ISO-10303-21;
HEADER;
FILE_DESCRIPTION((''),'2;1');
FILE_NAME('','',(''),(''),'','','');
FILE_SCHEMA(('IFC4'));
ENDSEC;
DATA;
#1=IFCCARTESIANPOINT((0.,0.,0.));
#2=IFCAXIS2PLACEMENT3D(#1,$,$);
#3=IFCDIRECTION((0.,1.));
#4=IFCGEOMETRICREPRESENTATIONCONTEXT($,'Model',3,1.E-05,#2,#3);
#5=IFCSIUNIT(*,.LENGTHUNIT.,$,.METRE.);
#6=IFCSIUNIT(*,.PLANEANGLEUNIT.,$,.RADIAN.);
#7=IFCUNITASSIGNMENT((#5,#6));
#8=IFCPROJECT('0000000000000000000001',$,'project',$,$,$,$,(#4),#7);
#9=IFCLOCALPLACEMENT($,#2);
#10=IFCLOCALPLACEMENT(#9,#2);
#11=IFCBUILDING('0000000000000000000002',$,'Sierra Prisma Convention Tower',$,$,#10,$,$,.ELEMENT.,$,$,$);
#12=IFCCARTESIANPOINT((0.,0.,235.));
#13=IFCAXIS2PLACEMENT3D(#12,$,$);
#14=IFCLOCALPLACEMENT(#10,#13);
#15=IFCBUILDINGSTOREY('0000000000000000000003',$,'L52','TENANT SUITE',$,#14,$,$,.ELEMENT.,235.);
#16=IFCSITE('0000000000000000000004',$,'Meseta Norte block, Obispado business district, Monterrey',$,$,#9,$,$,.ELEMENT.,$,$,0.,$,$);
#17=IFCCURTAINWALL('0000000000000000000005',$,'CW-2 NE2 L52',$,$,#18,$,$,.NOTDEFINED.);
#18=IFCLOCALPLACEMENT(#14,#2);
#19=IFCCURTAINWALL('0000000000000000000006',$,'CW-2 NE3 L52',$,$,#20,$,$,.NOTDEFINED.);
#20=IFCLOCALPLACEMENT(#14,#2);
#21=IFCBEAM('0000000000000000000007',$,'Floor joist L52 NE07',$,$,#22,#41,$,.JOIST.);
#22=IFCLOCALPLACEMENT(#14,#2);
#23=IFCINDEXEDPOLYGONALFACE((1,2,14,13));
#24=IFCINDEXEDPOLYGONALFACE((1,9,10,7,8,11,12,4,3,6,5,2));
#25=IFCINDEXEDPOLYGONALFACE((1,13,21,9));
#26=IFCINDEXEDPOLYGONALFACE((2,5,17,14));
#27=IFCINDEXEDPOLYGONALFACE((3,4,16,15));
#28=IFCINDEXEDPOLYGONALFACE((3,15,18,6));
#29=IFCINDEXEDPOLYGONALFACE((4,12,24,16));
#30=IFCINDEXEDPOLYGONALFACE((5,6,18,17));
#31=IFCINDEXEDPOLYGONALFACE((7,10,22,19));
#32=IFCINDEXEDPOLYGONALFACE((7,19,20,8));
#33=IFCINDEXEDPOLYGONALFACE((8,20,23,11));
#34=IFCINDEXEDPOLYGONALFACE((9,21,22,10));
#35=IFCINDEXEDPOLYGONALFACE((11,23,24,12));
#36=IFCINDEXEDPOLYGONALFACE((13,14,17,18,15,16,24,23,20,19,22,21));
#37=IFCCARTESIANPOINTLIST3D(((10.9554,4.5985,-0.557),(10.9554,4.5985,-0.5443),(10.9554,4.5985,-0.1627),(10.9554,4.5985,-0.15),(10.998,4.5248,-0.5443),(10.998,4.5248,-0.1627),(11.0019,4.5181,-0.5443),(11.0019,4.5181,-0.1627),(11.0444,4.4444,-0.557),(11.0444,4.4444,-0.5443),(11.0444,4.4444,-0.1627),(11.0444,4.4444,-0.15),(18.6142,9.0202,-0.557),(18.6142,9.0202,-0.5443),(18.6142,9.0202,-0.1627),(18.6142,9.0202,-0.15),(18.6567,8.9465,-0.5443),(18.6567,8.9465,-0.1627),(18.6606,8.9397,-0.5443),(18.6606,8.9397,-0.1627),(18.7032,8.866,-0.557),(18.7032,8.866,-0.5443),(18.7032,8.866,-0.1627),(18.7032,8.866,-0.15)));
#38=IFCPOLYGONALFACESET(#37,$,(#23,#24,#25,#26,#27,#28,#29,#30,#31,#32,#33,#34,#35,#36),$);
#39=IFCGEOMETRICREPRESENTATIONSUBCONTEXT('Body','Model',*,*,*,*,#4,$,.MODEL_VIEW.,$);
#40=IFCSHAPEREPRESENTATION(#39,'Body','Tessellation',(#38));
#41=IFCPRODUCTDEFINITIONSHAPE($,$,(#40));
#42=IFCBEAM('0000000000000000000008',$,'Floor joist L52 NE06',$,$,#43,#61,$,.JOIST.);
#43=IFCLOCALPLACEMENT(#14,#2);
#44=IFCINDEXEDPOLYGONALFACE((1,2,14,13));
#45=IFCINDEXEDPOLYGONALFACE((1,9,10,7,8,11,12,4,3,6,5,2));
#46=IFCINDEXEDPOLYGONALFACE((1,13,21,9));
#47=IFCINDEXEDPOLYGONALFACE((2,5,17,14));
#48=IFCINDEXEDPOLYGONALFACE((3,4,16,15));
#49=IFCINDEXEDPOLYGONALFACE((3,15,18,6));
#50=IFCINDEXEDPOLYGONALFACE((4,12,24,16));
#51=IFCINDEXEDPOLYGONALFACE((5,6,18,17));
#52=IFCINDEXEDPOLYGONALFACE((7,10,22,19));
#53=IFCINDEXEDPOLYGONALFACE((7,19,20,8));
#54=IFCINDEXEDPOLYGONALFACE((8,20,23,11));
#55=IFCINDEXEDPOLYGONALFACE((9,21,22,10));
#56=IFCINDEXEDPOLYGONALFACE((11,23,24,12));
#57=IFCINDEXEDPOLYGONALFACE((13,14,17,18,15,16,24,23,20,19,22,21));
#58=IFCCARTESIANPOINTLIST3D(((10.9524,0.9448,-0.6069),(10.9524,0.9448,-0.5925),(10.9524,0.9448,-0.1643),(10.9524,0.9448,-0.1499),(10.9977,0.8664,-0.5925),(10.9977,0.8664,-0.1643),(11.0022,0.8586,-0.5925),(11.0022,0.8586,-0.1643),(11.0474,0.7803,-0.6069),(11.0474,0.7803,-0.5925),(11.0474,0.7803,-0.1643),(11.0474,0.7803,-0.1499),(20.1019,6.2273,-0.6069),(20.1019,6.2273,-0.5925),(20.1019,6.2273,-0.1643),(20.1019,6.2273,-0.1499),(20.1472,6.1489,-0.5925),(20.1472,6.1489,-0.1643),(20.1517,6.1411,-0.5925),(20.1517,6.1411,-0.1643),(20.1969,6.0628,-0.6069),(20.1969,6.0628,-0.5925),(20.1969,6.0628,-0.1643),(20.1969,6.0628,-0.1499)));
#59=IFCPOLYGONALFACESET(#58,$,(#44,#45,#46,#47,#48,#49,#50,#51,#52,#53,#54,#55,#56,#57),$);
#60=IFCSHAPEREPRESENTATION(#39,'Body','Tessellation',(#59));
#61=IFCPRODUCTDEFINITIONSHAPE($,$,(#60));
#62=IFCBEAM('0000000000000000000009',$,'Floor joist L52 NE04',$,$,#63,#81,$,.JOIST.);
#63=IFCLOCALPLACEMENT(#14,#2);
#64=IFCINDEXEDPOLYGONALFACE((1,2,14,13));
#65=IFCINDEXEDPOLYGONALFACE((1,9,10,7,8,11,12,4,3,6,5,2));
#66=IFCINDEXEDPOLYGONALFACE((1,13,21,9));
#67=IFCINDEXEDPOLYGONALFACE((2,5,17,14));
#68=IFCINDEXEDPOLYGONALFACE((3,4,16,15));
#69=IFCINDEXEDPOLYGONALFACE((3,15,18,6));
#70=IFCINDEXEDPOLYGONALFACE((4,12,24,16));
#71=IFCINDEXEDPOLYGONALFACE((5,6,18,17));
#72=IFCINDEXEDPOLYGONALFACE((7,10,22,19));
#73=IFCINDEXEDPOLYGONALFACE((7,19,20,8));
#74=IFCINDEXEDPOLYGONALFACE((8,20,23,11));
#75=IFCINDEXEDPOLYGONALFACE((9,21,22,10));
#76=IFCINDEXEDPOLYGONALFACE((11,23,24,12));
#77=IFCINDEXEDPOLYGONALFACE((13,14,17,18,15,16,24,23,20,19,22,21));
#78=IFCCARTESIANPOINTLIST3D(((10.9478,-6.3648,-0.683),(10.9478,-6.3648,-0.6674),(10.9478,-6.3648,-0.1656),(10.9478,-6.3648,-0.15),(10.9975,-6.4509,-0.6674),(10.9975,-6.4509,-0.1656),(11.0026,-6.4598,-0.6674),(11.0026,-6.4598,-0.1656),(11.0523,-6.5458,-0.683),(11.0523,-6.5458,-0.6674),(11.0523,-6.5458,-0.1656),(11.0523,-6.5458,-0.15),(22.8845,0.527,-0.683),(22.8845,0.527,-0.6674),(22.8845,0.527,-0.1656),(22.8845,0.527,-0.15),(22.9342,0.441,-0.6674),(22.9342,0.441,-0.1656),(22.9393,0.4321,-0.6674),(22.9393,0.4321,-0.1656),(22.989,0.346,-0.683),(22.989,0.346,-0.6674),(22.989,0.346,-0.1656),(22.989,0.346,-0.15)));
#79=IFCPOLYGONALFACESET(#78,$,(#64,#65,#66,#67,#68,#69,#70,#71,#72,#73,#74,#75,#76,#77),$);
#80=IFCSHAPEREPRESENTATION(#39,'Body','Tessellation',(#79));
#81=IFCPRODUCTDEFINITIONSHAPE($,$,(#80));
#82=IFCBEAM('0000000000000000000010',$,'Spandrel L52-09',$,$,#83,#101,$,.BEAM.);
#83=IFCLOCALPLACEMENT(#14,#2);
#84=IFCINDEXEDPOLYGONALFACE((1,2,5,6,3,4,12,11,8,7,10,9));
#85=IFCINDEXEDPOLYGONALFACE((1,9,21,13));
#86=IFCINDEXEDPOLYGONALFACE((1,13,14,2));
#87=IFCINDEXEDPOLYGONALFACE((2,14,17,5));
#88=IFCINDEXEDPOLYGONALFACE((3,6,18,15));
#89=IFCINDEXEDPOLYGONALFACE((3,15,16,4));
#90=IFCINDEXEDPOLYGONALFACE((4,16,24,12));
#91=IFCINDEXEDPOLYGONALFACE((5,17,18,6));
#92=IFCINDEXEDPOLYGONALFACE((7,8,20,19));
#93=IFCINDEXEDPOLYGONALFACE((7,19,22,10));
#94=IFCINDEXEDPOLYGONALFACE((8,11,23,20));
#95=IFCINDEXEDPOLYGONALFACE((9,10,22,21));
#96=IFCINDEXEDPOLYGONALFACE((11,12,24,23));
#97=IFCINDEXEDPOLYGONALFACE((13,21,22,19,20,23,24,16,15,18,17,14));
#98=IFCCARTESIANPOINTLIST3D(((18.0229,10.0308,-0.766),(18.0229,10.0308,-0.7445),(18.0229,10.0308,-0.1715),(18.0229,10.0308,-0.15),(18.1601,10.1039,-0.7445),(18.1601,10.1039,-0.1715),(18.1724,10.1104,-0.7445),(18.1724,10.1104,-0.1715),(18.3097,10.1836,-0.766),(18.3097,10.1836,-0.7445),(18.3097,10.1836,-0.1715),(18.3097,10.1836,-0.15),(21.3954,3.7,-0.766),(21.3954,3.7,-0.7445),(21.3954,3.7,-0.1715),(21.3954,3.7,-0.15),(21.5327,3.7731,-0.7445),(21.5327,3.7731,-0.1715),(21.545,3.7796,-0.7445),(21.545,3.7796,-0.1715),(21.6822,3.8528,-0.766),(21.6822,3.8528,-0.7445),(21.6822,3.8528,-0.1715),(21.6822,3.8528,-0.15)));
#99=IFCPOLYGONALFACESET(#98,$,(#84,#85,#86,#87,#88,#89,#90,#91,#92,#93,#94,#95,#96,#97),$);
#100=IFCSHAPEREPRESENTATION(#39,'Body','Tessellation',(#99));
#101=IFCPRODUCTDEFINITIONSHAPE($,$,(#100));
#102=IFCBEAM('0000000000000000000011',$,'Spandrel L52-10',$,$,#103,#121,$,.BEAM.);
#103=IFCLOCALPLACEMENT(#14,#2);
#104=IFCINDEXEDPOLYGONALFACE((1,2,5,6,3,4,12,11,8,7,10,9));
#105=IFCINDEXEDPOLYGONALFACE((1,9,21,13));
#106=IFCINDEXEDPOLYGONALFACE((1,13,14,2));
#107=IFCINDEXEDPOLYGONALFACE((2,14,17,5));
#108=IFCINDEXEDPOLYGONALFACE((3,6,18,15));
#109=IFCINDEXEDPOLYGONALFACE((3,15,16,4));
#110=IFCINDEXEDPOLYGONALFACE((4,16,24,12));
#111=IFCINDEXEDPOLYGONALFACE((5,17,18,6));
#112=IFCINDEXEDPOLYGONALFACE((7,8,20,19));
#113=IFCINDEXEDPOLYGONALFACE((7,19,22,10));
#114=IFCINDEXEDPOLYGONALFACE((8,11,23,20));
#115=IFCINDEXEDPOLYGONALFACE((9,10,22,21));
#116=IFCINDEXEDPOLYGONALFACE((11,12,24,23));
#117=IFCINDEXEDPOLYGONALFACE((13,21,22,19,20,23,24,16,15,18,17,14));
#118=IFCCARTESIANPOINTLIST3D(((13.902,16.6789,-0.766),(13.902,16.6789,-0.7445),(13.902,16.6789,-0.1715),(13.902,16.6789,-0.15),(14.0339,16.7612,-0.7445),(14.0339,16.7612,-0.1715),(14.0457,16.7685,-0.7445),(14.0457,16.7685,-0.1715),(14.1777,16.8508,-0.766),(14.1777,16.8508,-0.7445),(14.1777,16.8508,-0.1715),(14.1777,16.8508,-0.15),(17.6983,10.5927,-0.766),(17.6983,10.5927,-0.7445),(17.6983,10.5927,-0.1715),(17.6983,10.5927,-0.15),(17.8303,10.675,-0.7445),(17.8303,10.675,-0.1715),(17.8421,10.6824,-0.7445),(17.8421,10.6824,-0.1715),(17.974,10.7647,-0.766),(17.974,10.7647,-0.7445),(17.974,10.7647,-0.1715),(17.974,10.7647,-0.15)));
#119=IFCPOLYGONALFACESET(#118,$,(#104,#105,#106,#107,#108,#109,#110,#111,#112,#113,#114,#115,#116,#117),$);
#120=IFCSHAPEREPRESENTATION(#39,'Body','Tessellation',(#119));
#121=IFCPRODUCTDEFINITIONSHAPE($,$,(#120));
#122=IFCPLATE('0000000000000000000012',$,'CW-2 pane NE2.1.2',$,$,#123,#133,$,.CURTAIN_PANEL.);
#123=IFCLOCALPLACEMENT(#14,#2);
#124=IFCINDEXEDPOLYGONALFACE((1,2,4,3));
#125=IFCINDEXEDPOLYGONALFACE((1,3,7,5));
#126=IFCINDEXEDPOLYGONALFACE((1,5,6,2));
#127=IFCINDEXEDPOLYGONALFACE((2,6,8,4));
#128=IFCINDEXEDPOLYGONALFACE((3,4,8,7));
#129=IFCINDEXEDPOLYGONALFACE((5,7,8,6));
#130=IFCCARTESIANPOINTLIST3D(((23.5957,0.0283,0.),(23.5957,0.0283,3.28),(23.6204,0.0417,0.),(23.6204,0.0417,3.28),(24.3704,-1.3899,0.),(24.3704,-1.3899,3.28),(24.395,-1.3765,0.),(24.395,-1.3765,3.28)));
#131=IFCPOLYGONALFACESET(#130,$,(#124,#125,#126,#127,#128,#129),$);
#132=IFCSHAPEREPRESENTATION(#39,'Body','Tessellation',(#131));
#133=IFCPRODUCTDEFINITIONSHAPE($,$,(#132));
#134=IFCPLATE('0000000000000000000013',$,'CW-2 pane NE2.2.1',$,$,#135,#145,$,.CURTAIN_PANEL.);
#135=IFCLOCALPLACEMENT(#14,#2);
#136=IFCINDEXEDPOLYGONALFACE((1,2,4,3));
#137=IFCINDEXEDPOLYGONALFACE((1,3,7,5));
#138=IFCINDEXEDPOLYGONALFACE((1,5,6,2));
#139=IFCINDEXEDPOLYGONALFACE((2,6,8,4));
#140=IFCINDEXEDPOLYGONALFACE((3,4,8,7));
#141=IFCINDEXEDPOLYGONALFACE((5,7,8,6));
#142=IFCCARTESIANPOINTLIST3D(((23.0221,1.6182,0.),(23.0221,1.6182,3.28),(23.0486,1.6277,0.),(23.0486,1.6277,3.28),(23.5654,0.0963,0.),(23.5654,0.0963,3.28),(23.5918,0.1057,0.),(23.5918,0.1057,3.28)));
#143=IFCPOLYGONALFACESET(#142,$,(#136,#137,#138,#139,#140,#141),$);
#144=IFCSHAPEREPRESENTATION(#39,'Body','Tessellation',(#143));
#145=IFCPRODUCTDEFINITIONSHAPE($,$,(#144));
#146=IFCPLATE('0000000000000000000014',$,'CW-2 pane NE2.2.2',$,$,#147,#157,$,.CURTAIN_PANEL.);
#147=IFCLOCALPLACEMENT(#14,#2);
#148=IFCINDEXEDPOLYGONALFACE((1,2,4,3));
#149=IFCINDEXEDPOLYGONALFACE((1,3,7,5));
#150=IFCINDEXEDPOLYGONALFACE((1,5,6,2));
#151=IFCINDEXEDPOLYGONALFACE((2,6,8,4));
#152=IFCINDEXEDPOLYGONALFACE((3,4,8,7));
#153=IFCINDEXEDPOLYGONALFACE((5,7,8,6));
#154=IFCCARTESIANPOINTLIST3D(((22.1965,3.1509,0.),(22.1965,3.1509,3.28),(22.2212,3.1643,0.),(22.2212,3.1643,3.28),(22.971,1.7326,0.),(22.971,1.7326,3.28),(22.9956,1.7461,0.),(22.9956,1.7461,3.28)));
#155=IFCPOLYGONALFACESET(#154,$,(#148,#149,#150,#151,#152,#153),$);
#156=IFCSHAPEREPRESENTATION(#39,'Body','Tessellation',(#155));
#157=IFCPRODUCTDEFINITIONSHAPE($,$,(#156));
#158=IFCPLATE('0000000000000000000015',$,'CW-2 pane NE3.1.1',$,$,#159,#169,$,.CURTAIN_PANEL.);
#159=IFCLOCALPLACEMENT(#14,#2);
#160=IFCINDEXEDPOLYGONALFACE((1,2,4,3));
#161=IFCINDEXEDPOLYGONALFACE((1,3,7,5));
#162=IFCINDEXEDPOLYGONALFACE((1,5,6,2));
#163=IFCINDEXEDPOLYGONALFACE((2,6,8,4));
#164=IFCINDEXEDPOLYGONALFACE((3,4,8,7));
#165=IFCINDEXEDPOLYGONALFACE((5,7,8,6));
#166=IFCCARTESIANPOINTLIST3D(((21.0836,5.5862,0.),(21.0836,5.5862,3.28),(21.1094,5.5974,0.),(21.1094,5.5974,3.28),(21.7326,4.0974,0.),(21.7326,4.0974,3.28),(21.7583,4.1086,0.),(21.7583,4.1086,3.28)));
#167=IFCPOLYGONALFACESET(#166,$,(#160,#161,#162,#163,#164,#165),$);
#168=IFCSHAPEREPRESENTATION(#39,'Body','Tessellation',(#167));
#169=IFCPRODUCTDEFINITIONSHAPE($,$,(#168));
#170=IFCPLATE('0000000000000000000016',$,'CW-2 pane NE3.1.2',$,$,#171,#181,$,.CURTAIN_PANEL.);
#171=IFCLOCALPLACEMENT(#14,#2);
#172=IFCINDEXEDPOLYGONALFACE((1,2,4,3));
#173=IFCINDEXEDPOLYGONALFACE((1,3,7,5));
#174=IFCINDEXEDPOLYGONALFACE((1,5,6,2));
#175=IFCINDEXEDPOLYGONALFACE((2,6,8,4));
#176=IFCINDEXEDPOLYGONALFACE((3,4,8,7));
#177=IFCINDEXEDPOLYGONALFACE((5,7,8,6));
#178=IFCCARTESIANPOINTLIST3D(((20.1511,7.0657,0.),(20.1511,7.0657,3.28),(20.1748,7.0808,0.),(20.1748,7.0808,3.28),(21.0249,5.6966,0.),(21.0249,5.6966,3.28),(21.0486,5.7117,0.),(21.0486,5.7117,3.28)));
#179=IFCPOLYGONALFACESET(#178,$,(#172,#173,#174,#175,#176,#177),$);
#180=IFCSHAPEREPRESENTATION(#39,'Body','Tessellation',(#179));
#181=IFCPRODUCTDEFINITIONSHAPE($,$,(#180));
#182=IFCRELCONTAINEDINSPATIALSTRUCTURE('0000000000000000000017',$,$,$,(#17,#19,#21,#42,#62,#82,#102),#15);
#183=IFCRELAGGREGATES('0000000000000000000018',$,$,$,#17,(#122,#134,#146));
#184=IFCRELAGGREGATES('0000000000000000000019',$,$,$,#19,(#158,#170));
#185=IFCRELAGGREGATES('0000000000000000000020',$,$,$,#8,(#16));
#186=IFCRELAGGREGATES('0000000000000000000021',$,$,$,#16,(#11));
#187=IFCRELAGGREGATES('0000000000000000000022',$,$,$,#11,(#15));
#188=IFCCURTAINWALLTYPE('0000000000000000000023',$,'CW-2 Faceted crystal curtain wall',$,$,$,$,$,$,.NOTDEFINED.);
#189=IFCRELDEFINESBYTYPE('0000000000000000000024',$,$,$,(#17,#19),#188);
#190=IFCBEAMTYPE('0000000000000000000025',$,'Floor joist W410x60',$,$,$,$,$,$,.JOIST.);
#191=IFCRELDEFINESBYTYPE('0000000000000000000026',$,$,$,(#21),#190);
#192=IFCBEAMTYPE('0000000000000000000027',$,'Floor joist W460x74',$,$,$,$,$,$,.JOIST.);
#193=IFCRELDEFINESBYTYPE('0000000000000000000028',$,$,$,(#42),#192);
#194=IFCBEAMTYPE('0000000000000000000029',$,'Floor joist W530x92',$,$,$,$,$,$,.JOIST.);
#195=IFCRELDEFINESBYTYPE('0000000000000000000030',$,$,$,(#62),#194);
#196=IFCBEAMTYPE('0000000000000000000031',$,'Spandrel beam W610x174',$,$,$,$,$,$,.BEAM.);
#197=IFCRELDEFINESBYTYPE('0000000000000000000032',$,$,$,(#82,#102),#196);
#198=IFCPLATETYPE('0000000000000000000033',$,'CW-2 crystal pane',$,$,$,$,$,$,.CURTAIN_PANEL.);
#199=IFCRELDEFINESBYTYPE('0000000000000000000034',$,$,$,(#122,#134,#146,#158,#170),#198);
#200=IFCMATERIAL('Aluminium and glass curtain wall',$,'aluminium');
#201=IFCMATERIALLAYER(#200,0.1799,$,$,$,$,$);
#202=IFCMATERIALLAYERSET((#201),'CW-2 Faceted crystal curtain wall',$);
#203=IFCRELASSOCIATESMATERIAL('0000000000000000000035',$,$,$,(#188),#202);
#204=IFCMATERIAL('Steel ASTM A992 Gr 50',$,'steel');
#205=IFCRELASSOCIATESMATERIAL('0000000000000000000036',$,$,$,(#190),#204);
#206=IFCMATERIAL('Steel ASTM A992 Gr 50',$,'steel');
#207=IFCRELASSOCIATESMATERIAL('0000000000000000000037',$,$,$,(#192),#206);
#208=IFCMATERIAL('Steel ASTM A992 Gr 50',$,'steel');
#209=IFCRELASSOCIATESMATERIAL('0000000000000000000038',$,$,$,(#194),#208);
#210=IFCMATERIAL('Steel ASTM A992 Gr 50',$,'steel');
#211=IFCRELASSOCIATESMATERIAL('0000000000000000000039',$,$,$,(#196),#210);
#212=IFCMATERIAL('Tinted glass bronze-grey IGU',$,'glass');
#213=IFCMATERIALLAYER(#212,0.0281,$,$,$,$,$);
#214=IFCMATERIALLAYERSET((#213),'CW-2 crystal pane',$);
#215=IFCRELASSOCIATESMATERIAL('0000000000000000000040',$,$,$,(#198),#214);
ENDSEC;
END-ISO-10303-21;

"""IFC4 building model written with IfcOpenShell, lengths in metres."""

from ifc_helpers import new_model, si_unit, direction, frame, origin, origin_2d, place, context, subcontext, project, spatial, polyline, i_section, outline, extrude, material, layer, layer_set, material_profile, profile_set, type_object, element, aggregate, save


model = new_model("IFC4")

# Units and contexts
model_context = context("Model", 3, precision=1e-05, world=origin(), true_north=direction((0.0, 1.0)))
body_context = subcontext(model_context, "Body", "Model", "MODEL_VIEW")
ifc_project = project(units=[si_unit("LENGTHUNIT", "METRE"), si_unit("PLANEANGLEUNIT", "RADIAN")], contexts=[model_context])

# Site, building, storey
site_placement = place(None, origin())
site = spatial("IfcSite", under=ifc_project, at=site_placement, Name="Meseta Norte block, Obispado business district, Monterrey", CompositionType="ELEMENT", RefElevation=0.0)
building_placement = place(site_placement, origin())
building = spatial("IfcBuilding", under=site, at=building_placement, Name="Sierra Prisma Convention Tower", CompositionType="ELEMENT")
storey_placement = place(building_placement, frame((0.0, 0.0, 235.0)))
storey = spatial("IfcBuildingStorey", under=building, at=storey_placement, Name="L52", Description="TENANT SUITE", CompositionType="ELEMENT", Elevation=235.0)

# Curtain walls
ifc_material_1 = material(Name="Aluminium and glass curtain wall", Category="aluminium")
ifc_layer_1 = layer(ifc_material_1, 0.1799)
ifc_layer_set_1 = layer_set([ifc_layer_1], Name="CW-2 Faceted crystal curtain wall")
curtain_wall_type = type_object("IfcCurtainWallType", Name="CW-2 Faceted crystal curtain wall", PredefinedType="NOTDEFINED", material=ifc_layer_set_1)
curtain_wall_1_placement = place(storey_placement, origin())
curtain_wall_1 = element("IfcCurtainWall", 1, at=curtain_wall_1_placement, inside=storey, type_object=curtain_wall_type, Name="CW-2 NE2 L52", PredefinedType="NOTDEFINED")
curtain_wall_2_placement = place(storey_placement, origin())
curtain_wall_2 = element("IfcCurtainWall", 2, at=curtain_wall_2_placement, inside=storey, type_object=curtain_wall_type, Name="CW-2 NE3 L52", PredefinedType="NOTDEFINED")

# Beams
ifc_material_2 = material(Name="Steel ASTM A992 Gr 50", Category="steel")
ifc_material_profile_1 = material_profile(ifc_material_2, i_section(OverallWidth=0.178, OverallDepth=0.407, WebThickness=0.0078, FlangeThickness=0.0127, at=origin_2d()), Name="W410x60")
ifc_profile_set_1 = profile_set([ifc_material_profile_1], Name="Steel ASTM A992 Gr 50")
beam_type_1 = type_object("IfcBeamType", Name="Floor joist W410x60", PredefinedType="JOIST", material=ifc_profile_set_1)
beam_1_placement = place(storey_placement, frame((18.6587, 8.9431, -0.3535), z_axis=(-0.866031, -0.49999, 0.0), x_axis=(0.49999, -0.866031, 0.0)))
element("IfcBeam", 3, at=beam_1_placement, inside=storey, type_object=beam_type_1, Name="Floor joist L52 NE07", PredefinedType="JOIST", context=body_context, shape_type="SweptSolid", body=[
    extrude(i_section(OverallWidth=0.178, OverallDepth=0.407, WebThickness=0.0078, FlangeThickness=0.0127, at=origin_2d()), origin(), (0.0, 0.0, 1.0), 8.8435),
])
ifc_material_3 = material(Name="Steel ASTM A992 Gr 50", Category="steel")
ifc_material_profile_2 = material_profile(ifc_material_3, i_section(OverallWidth=0.1899, OverallDepth=0.457, WebThickness=0.009, FlangeThickness=0.0144, at=origin_2d()), Name="W460x74")
ifc_profile_set_2 = profile_set([ifc_material_profile_2], Name="Steel ASTM A992 Gr 50")
beam_type_2 = type_object("IfcBeamType", Name="Floor joist W460x74", PredefinedType="JOIST", material=ifc_profile_set_2)
beam_2_placement = place(storey_placement, frame((20.1494, 6.145, -0.3784), z_axis=(-0.866023, -0.500004, 0.0), x_axis=(0.500004, -0.866023, 0.0)))
element("IfcBeam", 4, at=beam_2_placement, inside=storey, type_object=beam_type_2, Name="Floor joist L52 NE06", PredefinedType="JOIST", context=body_context, shape_type="SweptSolid", body=[
    extrude(i_section(OverallWidth=0.1899, OverallDepth=0.457, WebThickness=0.009, FlangeThickness=0.0144, at=origin_2d()), origin(), (0.0, 0.0, 1.0), 10.5649),
])
ifc_material_4 = material(Name="Steel ASTM A992 Gr 50", Category="steel")
ifc_material_profile_3 = material_profile(ifc_material_4, i_section(OverallWidth=0.209, OverallDepth=0.533, WebThickness=0.0103, FlangeThickness=0.0156, at=origin_2d()), Name="W530x92")
ifc_profile_set_3 = profile_set([ifc_material_profile_3], Name="Steel ASTM A992 Gr 50")
beam_type_3 = type_object("IfcBeamType", Name="Floor joist W530x92", PredefinedType="JOIST", material=ifc_profile_set_3)
beam_3_placement = place(storey_placement, frame((22.9368, 0.4365, -0.4165), z_axis=(-0.866021, -0.500008, 0.0), x_axis=(0.500008, -0.866021, 0.0)))
element("IfcBeam", 5, at=beam_3_placement, inside=storey, type_object=beam_type_3, Name="Floor joist L52 NE04", PredefinedType="JOIST", context=body_context, shape_type="SweptSolid", body=[
    extrude(i_section(OverallWidth=0.209, OverallDepth=0.533, WebThickness=0.0103, FlangeThickness=0.0156, at=origin_2d()), origin(), (0.0, 0.0, 1.0), 13.7834),
])
ifc_material_5 = material(Name="Steel ASTM A992 Gr 50", Category="steel")
ifc_material_profile_4 = material_profile(ifc_material_5, i_section(OverallWidth=0.325, OverallDepth=0.616, WebThickness=0.0139, FlangeThickness=0.0215, at=origin_2d()), Name="W610x174")
ifc_profile_set_4 = profile_set([ifc_material_profile_4], Name="Steel ASTM A992 Gr 50")
beam_type_4 = type_object("IfcBeamType", Name="Spandrel beam W610x174", PredefinedType="BEAM", material=ifc_profile_set_4)
for number, where, z_axis, x_axis, name in (
    (6, (21.5388, 3.7764, -0.458), (-0.470168, 0.882577, 0.0), (-0.882577, -0.470168, 0.0), "Spandrel L52-09"),
    (7, (17.8362, 10.6787, -0.458), (-0.529249, 0.848466, 0.0), (-0.848466, -0.529249, 0.0), "Spandrel L52-10"),
):
    element("IfcBeam", number, at=place(storey_placement, frame(where, z_axis=z_axis, x_axis=x_axis)), inside=storey, type_object=beam_type_4, Name=name, PredefinedType="BEAM", context=body_context, shape_type="SweptSolid", body=[
        extrude(i_section(OverallWidth=0.325, OverallDepth=0.616, WebThickness=0.0139, FlangeThickness=0.0215, at=origin_2d()), origin(), (0.0, 0.0, 1.0), 7.1731),
    ])

# Plates
ifc_material_6 = material(Name="Tinted glass bronze-grey IGU", Category="glass")
ifc_layer_2 = layer(ifc_material_6, 0.0281)
ifc_layer_set_2 = layer_set([ifc_layer_2], Name="CW-2 crystal pane")
plate_type = type_object("IfcPlateType", Name="CW-2 crystal pane", PredefinedType="CURTAIN_PANEL", material=ifc_layer_set_2)
plate_1_placement = place(storey_placement, frame((23.6204, 0.0417, 0.0), z_axis=(0.877613, 0.479371, 0.0), x_axis=(0.479371, -0.877613, 0.0)))
plate_1 = element("IfcPlate", 8, at=plate_1_placement, type_object=plate_type, Name="CW-2 pane NE2.1.2", PredefinedType="CURTAIN_PANEL", context=body_context, shape_type="SweptSolid", body=[
    extrude(outline(polyline([(0.0, 0.0), (1.616, 0.0), (1.616, -3.28), (0.0, -3.28), (0.0, 0.0)])), origin(), (0.0, 0.0, -1.0), 0.0281),
])
plate_2_placement = place(storey_placement, frame((23.5918, 0.1057, 0.0), z_axis=(0.94181, 0.336145, 0.0), x_axis=(-0.336145, 0.94181, 0.0)))
plate_2 = element("IfcPlate", 9, at=plate_2_placement, type_object=plate_type, Name="CW-2 pane NE2.2.1", PredefinedType="CURTAIN_PANEL", context=body_context, shape_type="SweptSolid", body=[
    extrude(outline(polyline([(0.0, 0.0), (1.616, 0.0), (1.616, 3.28), (0.0, 3.28), (0.0, 0.0)])), origin(), (0.0, 0.0, -1.0), 0.0281),
])
plate_3_placement = place(storey_placement, frame((22.2212, 3.1643, 0.0), z_axis=(0.877676, 0.479254, 0.0), x_axis=(0.479254, -0.877676, 0.0)))
plate_3 = element("IfcPlate", 10, at=plate_3_placement, type_object=plate_type, Name="CW-2 pane NE2.2.2", PredefinedType="CURTAIN_PANEL", context=body_context, shape_type="SweptSolid", body=[
    extrude(outline(polyline([(0.0, 0.0), (1.6159, 0.0), (1.6159, -3.28), (0.0, -3.28), (0.0, 0.0)])), origin(), (0.0, 0.0, -1.0), 0.0281),
])
aggregate(curtain_wall_1, [plate_1, plate_2, plate_3])
plate_4_placement = place(storey_placement, frame((21.7583, 4.1086, 0.0), z_axis=(0.916702, 0.399572, 0.0), x_axis=(-0.399572, 0.916702, 0.0)))
plate_4 = element("IfcPlate", 11, at=plate_4_placement, type_object=plate_type, Name="CW-2 pane NE3.1.1", PredefinedType="CURTAIN_PANEL", context=body_context, shape_type="SweptSolid", body=[
    extrude(outline(polyline([(0.0, 0.0), (1.6241, 0.0), (1.6241, 3.28), (0.0, 3.28), (0.0, 0.0)])), origin(), (0.0, 0.0, -1.0), 0.0281),
])
plate_5_placement = place(storey_placement, frame((20.1748, 7.0808, 0.0), z_axis=(0.842961, 0.537974, 0.0), x_axis=(0.537974, -0.842961, 0.0)))
plate_5 = element("IfcPlate", 12, at=plate_5_placement, type_object=plate_type, Name="CW-2 pane NE3.1.2", PredefinedType="CURTAIN_PANEL", context=body_context, shape_type="SweptSolid", body=[
    extrude(outline(polyline([(0.0, 0.0), (1.6242, 0.0), (1.6242, -3.28), (0.0, -3.28), (0.0, 0.0)])), origin(), (0.0, 0.0, -1.0), 0.0281),
])
aggregate(curtain_wall_2, [plate_4, plate_5])

save(model, "model.ifc")
